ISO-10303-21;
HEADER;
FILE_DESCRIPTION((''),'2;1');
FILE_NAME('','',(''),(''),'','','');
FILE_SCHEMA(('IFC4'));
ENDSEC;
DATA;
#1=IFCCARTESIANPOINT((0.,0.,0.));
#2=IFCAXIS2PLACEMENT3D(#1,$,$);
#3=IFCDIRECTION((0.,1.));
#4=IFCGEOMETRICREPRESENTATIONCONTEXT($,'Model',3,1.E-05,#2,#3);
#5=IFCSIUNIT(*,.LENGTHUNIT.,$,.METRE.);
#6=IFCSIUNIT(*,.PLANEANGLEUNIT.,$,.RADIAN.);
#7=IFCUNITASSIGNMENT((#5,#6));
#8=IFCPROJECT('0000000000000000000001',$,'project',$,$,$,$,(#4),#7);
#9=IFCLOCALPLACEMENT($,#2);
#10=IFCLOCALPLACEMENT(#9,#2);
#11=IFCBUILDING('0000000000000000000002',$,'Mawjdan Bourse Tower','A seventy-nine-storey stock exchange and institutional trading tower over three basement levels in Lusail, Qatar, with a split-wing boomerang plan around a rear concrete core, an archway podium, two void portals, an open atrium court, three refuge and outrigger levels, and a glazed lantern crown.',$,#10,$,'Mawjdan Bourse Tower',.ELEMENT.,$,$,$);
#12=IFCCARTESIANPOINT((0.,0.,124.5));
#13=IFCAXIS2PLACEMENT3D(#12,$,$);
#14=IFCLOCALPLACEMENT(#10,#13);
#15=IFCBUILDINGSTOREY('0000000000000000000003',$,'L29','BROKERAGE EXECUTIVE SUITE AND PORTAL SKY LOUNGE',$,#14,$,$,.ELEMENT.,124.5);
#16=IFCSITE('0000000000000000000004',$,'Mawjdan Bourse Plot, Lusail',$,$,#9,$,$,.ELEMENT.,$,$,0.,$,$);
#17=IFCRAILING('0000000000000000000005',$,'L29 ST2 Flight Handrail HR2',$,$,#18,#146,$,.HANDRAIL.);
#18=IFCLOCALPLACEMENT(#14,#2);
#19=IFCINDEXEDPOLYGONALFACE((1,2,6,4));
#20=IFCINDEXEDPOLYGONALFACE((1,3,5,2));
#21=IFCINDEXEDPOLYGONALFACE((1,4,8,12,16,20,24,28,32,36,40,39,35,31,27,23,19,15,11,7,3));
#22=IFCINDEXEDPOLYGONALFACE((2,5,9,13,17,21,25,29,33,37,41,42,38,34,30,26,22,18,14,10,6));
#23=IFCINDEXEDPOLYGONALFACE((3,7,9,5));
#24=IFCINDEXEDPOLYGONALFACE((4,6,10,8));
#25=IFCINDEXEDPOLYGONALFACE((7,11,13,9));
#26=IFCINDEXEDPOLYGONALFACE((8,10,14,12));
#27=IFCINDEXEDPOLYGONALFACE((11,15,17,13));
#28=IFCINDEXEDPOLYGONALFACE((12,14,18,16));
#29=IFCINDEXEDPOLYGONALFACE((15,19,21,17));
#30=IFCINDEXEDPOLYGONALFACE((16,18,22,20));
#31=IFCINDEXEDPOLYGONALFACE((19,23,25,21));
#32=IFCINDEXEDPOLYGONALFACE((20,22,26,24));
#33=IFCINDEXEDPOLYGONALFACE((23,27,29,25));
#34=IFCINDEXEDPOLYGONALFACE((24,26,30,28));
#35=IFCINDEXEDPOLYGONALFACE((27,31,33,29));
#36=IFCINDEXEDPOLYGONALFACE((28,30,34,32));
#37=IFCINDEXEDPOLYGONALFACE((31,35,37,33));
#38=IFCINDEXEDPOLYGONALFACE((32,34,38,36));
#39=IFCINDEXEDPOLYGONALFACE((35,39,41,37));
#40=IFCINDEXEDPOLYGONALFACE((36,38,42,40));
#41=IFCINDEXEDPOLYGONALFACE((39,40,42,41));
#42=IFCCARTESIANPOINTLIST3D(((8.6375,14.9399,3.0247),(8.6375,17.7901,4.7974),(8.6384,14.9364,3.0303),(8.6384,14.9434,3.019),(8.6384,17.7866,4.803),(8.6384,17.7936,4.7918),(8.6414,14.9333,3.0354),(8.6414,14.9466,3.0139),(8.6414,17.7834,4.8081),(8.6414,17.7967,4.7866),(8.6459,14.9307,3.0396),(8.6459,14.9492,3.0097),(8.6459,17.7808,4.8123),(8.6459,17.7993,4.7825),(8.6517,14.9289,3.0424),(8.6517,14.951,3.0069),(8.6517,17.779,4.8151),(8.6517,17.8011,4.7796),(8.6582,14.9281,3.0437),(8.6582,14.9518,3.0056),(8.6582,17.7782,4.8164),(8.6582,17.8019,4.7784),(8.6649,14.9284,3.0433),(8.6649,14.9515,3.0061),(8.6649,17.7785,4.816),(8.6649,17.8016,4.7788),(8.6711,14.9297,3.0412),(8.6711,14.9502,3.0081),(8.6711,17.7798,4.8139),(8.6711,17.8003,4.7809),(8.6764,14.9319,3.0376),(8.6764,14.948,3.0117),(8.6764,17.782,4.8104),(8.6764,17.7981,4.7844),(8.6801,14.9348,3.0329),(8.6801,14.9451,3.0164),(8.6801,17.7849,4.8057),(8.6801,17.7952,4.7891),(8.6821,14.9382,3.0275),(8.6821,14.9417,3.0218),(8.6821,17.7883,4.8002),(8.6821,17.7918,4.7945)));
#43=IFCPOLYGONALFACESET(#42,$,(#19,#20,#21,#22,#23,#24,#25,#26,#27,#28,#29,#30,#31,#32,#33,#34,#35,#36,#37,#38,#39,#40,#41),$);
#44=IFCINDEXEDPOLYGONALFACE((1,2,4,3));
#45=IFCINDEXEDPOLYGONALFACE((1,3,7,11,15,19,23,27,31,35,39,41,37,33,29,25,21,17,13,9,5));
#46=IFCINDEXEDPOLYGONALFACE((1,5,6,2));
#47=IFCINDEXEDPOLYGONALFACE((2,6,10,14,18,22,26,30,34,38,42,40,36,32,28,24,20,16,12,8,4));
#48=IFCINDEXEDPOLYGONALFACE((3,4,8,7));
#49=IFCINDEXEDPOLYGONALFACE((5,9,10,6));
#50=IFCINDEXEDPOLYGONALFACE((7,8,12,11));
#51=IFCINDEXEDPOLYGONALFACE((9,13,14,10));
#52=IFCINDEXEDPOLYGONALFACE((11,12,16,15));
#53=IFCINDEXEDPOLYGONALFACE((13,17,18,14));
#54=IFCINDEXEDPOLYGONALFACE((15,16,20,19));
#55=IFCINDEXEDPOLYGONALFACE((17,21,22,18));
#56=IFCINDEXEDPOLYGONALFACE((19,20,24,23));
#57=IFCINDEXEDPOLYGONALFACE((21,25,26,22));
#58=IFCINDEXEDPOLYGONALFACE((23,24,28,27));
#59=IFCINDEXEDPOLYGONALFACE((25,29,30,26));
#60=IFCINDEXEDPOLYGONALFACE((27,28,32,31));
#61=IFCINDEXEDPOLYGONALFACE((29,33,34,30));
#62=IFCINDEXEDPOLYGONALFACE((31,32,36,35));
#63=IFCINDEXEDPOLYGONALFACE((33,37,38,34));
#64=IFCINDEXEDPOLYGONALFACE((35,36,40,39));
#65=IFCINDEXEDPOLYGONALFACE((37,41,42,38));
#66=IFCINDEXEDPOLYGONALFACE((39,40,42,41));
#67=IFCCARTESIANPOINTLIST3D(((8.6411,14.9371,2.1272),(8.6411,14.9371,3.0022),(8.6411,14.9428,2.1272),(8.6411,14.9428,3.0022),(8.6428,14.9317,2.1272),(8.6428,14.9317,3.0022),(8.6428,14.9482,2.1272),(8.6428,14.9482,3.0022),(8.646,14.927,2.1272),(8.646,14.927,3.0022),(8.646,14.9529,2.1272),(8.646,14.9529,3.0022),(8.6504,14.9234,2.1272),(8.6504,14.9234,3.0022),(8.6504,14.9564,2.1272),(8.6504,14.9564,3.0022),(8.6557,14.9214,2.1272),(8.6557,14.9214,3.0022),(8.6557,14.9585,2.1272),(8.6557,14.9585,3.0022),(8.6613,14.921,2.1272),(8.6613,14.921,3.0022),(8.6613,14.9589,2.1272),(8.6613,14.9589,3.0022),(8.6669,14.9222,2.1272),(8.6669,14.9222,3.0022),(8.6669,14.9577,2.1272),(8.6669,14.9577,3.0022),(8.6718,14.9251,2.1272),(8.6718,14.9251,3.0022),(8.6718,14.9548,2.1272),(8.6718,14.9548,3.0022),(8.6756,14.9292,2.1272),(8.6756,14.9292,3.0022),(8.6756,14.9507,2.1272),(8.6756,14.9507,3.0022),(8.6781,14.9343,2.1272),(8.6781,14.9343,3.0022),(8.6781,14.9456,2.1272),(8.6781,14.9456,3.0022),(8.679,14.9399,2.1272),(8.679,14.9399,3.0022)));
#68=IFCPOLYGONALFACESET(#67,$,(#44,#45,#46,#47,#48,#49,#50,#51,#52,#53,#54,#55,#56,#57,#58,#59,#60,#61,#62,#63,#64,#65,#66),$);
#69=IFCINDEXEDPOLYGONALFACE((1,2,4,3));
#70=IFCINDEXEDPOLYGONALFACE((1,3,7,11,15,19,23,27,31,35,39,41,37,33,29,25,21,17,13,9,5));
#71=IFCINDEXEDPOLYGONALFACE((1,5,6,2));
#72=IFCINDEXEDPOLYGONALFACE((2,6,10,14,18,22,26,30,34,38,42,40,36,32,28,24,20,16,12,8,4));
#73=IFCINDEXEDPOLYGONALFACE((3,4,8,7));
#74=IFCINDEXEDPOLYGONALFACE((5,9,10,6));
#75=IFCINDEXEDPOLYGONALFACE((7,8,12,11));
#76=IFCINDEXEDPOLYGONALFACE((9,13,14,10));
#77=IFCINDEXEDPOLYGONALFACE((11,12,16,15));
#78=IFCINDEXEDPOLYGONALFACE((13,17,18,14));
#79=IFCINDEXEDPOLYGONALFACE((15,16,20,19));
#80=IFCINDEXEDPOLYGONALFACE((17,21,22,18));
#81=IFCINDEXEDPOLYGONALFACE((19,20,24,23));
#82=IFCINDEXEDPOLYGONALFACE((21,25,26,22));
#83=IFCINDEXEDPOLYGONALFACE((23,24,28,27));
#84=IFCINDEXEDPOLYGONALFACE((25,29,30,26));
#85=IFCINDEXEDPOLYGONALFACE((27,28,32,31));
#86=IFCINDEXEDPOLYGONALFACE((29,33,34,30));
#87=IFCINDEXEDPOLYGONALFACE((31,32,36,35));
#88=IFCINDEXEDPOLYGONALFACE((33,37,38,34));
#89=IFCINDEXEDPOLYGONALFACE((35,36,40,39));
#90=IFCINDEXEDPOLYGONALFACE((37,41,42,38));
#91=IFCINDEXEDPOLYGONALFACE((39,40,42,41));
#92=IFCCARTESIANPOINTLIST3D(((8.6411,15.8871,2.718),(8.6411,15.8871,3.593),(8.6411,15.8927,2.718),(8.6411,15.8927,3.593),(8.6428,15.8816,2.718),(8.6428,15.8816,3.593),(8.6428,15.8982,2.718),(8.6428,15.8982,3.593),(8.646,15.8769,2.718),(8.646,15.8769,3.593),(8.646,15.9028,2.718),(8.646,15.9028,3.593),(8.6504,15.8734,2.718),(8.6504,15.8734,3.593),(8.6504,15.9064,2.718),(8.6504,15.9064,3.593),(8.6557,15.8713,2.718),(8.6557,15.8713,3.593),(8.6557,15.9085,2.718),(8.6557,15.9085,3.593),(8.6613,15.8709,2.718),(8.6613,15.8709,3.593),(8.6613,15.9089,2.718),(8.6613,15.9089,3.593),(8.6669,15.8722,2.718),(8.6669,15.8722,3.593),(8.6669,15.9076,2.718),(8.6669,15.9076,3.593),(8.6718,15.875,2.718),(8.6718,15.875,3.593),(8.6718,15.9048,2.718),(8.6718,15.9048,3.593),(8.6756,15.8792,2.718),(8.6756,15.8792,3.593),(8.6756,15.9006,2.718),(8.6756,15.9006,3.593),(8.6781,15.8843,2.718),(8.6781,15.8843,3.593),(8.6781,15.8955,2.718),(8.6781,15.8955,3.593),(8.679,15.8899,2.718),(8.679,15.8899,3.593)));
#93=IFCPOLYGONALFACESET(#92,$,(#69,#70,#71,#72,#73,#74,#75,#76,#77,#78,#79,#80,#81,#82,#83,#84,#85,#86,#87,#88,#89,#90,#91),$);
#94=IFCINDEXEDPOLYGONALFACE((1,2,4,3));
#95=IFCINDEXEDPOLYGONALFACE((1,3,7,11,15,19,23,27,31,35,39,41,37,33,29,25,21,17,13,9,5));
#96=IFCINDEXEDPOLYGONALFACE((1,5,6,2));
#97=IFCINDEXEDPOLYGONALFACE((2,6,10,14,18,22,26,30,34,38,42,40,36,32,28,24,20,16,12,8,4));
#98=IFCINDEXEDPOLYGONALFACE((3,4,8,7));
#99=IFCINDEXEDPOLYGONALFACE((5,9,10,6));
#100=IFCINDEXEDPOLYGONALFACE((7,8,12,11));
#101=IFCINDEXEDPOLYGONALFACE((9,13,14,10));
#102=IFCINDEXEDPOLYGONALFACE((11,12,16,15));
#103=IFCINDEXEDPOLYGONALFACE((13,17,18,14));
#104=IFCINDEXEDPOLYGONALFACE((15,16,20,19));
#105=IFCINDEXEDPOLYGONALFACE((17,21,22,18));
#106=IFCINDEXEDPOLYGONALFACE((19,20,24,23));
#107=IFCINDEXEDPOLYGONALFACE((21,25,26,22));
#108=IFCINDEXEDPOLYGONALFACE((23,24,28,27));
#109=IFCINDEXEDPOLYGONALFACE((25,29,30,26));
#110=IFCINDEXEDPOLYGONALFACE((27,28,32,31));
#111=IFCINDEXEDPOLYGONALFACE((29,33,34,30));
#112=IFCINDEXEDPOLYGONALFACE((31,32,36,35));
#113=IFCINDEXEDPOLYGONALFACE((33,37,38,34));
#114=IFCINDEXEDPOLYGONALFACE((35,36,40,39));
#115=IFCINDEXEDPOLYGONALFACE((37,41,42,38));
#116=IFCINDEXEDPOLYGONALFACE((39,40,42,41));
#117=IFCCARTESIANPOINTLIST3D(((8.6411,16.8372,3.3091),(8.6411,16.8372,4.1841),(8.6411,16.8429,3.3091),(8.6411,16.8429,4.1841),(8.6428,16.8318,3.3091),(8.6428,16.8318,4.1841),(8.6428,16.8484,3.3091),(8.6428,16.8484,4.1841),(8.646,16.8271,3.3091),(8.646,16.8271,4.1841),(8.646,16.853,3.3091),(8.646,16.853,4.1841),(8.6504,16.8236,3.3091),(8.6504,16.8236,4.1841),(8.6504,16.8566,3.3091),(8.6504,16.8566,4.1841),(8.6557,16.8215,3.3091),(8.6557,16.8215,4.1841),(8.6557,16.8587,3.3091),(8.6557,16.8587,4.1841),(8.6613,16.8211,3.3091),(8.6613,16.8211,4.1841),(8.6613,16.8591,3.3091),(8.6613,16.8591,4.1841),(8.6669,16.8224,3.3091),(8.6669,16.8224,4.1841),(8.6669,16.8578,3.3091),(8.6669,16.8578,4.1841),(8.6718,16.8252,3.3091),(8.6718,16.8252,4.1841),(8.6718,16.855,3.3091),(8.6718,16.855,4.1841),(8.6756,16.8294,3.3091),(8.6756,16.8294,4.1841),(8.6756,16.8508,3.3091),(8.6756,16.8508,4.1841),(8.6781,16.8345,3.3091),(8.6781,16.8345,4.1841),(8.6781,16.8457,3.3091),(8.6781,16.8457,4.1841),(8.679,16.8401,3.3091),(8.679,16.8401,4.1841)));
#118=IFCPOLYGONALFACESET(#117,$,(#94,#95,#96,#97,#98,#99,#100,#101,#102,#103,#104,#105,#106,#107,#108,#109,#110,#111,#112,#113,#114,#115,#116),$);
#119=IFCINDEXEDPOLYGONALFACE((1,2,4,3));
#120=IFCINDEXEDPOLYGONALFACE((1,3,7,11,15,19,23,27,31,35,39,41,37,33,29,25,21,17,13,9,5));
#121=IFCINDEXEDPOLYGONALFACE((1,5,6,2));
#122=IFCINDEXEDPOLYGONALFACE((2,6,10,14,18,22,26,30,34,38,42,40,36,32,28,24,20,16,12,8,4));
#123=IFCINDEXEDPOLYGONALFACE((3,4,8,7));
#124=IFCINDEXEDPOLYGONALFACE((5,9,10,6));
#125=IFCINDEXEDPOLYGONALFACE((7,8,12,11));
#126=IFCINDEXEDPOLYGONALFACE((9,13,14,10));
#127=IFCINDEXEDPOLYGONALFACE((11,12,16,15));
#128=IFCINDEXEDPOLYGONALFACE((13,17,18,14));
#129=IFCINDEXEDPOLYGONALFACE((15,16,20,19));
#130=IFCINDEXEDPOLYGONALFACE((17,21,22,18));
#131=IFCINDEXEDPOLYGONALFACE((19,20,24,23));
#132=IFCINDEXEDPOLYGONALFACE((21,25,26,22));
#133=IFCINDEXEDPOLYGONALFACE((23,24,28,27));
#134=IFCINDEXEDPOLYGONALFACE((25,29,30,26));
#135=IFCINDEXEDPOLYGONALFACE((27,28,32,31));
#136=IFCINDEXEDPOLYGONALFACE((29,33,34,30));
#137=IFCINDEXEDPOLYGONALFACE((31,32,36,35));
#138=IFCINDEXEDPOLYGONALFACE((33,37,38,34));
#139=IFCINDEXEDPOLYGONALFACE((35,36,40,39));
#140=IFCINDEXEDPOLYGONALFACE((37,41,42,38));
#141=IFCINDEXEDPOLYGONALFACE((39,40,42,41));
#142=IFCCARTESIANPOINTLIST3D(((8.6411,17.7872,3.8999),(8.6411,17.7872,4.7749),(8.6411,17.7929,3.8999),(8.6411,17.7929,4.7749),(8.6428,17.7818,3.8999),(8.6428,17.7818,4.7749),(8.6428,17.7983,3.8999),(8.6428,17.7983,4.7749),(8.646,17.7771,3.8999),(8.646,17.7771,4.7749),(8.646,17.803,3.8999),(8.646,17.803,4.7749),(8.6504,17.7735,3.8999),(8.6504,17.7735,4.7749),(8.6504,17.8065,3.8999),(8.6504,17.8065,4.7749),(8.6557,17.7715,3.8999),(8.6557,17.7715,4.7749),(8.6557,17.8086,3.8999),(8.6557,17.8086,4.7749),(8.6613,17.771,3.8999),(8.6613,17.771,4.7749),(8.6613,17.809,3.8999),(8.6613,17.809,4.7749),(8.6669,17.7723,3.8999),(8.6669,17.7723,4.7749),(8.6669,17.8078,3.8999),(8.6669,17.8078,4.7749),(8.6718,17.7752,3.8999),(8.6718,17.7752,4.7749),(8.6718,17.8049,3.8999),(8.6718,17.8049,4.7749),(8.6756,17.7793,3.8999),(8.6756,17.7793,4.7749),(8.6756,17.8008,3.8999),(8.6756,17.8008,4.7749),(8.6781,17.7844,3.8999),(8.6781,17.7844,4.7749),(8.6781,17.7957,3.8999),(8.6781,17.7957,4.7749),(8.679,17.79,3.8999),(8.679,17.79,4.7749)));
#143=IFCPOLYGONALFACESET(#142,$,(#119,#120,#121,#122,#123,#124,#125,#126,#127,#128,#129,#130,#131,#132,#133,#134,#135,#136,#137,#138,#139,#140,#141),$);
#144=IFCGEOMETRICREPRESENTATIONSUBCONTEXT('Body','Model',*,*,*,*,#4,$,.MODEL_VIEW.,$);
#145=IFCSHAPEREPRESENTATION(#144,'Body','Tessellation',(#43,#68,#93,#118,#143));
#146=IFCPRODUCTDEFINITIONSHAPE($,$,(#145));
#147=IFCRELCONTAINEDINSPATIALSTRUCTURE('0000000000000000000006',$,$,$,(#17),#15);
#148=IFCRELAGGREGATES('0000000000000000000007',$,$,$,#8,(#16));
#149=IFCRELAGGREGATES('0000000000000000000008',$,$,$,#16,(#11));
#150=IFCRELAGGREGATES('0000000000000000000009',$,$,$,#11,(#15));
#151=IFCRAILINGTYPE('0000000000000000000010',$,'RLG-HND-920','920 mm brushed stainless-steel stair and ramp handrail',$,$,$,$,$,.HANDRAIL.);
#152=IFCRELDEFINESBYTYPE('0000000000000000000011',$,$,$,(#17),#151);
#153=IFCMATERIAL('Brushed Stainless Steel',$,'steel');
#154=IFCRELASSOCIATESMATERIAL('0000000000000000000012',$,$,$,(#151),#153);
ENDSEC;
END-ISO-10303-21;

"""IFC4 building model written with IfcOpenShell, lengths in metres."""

from ifc_helpers import new_model, si_unit, direction, frame, origin, origin_2d, place, context, subcontext, project, spatial, circle, extrude, material, type_object, element, save


model = new_model("IFC4")

# Units and contexts
model_context = context("Model", 3, precision=1e-05, world=origin(), true_north=direction((0.0, 1.0)))
body_context = subcontext(model_context, "Body", "Model", "MODEL_VIEW")
ifc_project = project(units=[si_unit("LENGTHUNIT", "METRE"), si_unit("PLANEANGLEUNIT", "RADIAN")], contexts=[model_context])

# Site, building, storey
site_placement = place(None, origin())
site = spatial("IfcSite", under=ifc_project, at=site_placement, Name="Mawjdan Bourse Plot, Lusail", CompositionType="ELEMENT", RefElevation=0.0)
building_placement = place(site_placement, origin())
building = spatial("IfcBuilding", under=site, at=building_placement, Name="Mawjdan Bourse Tower", Description="A seventy-nine-storey stock exchange and institutional trading tower over three basement levels in Lusail, Qatar, with a split-wing boomerang plan around a rear concrete core, an archway podium, two void portals, an open atrium court, three refuge and outrigger levels, and a glazed lantern crown.", LongName="Mawjdan Bourse Tower", CompositionType="ELEMENT")
storey_placement = place(building_placement, frame((0.0, 0.0, 124.5)))
storey = spatial("IfcBuildingStorey", under=building, at=storey_placement, Name="L29", Description="BROKERAGE EXECUTIVE SUITE AND PORTAL SKY LOUNGE", CompositionType="ELEMENT", Elevation=124.5)

# Shared definitions
ifc_material_1 = material(Name="Brushed Stainless Steel", Category="steel")

# Railing
railing_type_1 = type_object("IfcRailingType", Name="RLG-HND-920", Description="920 mm brushed stainless-steel stair and ramp handrail", PredefinedType="HANDRAIL", material=ifc_material_1)
for number, where, name in (
    (1, (8.6599, 14.9399, 2.1272), "L29 ST2 Flight Handrail HR2"),
):
    element("IfcRailing", number, at=place(storey_placement, frame(where)), inside=storey, type_object=railing_type_1, Name=name, PredefinedType="HANDRAIL", context=body_context, shape_type="SweptSolid", body=[
        extrude(circle(Radius=0.0225, at=origin_2d()), frame((0.0, 0.0, 0.8975), z_axis=(0.0, 0.849149, 0.528154), x_axis=(-1.0, 0.0, 0.0)), (0.0, 0.0, 1.0), 3.3564),
        extrude(circle(Radius=0.019, at=origin_2d()), origin(), (0.0, 0.0, 1.0), 0.875),
        extrude(circle(Radius=0.019, at=origin_2d()), frame((0.0, 0.95, 0.5908)), (0.0, 0.0, 1.0), 0.875),
        extrude(circle(Radius=0.019, at=origin_2d()), frame((0.0, 1.9001, 1.1819)), (0.0, 0.0, 1.0), 0.875),
        extrude(circle(Radius=0.019, at=origin_2d()), frame((0.0, 2.8501, 1.7727)), (0.0, 0.0, 1.0), 0.875),
    ])

save(model, "model.ifc")
